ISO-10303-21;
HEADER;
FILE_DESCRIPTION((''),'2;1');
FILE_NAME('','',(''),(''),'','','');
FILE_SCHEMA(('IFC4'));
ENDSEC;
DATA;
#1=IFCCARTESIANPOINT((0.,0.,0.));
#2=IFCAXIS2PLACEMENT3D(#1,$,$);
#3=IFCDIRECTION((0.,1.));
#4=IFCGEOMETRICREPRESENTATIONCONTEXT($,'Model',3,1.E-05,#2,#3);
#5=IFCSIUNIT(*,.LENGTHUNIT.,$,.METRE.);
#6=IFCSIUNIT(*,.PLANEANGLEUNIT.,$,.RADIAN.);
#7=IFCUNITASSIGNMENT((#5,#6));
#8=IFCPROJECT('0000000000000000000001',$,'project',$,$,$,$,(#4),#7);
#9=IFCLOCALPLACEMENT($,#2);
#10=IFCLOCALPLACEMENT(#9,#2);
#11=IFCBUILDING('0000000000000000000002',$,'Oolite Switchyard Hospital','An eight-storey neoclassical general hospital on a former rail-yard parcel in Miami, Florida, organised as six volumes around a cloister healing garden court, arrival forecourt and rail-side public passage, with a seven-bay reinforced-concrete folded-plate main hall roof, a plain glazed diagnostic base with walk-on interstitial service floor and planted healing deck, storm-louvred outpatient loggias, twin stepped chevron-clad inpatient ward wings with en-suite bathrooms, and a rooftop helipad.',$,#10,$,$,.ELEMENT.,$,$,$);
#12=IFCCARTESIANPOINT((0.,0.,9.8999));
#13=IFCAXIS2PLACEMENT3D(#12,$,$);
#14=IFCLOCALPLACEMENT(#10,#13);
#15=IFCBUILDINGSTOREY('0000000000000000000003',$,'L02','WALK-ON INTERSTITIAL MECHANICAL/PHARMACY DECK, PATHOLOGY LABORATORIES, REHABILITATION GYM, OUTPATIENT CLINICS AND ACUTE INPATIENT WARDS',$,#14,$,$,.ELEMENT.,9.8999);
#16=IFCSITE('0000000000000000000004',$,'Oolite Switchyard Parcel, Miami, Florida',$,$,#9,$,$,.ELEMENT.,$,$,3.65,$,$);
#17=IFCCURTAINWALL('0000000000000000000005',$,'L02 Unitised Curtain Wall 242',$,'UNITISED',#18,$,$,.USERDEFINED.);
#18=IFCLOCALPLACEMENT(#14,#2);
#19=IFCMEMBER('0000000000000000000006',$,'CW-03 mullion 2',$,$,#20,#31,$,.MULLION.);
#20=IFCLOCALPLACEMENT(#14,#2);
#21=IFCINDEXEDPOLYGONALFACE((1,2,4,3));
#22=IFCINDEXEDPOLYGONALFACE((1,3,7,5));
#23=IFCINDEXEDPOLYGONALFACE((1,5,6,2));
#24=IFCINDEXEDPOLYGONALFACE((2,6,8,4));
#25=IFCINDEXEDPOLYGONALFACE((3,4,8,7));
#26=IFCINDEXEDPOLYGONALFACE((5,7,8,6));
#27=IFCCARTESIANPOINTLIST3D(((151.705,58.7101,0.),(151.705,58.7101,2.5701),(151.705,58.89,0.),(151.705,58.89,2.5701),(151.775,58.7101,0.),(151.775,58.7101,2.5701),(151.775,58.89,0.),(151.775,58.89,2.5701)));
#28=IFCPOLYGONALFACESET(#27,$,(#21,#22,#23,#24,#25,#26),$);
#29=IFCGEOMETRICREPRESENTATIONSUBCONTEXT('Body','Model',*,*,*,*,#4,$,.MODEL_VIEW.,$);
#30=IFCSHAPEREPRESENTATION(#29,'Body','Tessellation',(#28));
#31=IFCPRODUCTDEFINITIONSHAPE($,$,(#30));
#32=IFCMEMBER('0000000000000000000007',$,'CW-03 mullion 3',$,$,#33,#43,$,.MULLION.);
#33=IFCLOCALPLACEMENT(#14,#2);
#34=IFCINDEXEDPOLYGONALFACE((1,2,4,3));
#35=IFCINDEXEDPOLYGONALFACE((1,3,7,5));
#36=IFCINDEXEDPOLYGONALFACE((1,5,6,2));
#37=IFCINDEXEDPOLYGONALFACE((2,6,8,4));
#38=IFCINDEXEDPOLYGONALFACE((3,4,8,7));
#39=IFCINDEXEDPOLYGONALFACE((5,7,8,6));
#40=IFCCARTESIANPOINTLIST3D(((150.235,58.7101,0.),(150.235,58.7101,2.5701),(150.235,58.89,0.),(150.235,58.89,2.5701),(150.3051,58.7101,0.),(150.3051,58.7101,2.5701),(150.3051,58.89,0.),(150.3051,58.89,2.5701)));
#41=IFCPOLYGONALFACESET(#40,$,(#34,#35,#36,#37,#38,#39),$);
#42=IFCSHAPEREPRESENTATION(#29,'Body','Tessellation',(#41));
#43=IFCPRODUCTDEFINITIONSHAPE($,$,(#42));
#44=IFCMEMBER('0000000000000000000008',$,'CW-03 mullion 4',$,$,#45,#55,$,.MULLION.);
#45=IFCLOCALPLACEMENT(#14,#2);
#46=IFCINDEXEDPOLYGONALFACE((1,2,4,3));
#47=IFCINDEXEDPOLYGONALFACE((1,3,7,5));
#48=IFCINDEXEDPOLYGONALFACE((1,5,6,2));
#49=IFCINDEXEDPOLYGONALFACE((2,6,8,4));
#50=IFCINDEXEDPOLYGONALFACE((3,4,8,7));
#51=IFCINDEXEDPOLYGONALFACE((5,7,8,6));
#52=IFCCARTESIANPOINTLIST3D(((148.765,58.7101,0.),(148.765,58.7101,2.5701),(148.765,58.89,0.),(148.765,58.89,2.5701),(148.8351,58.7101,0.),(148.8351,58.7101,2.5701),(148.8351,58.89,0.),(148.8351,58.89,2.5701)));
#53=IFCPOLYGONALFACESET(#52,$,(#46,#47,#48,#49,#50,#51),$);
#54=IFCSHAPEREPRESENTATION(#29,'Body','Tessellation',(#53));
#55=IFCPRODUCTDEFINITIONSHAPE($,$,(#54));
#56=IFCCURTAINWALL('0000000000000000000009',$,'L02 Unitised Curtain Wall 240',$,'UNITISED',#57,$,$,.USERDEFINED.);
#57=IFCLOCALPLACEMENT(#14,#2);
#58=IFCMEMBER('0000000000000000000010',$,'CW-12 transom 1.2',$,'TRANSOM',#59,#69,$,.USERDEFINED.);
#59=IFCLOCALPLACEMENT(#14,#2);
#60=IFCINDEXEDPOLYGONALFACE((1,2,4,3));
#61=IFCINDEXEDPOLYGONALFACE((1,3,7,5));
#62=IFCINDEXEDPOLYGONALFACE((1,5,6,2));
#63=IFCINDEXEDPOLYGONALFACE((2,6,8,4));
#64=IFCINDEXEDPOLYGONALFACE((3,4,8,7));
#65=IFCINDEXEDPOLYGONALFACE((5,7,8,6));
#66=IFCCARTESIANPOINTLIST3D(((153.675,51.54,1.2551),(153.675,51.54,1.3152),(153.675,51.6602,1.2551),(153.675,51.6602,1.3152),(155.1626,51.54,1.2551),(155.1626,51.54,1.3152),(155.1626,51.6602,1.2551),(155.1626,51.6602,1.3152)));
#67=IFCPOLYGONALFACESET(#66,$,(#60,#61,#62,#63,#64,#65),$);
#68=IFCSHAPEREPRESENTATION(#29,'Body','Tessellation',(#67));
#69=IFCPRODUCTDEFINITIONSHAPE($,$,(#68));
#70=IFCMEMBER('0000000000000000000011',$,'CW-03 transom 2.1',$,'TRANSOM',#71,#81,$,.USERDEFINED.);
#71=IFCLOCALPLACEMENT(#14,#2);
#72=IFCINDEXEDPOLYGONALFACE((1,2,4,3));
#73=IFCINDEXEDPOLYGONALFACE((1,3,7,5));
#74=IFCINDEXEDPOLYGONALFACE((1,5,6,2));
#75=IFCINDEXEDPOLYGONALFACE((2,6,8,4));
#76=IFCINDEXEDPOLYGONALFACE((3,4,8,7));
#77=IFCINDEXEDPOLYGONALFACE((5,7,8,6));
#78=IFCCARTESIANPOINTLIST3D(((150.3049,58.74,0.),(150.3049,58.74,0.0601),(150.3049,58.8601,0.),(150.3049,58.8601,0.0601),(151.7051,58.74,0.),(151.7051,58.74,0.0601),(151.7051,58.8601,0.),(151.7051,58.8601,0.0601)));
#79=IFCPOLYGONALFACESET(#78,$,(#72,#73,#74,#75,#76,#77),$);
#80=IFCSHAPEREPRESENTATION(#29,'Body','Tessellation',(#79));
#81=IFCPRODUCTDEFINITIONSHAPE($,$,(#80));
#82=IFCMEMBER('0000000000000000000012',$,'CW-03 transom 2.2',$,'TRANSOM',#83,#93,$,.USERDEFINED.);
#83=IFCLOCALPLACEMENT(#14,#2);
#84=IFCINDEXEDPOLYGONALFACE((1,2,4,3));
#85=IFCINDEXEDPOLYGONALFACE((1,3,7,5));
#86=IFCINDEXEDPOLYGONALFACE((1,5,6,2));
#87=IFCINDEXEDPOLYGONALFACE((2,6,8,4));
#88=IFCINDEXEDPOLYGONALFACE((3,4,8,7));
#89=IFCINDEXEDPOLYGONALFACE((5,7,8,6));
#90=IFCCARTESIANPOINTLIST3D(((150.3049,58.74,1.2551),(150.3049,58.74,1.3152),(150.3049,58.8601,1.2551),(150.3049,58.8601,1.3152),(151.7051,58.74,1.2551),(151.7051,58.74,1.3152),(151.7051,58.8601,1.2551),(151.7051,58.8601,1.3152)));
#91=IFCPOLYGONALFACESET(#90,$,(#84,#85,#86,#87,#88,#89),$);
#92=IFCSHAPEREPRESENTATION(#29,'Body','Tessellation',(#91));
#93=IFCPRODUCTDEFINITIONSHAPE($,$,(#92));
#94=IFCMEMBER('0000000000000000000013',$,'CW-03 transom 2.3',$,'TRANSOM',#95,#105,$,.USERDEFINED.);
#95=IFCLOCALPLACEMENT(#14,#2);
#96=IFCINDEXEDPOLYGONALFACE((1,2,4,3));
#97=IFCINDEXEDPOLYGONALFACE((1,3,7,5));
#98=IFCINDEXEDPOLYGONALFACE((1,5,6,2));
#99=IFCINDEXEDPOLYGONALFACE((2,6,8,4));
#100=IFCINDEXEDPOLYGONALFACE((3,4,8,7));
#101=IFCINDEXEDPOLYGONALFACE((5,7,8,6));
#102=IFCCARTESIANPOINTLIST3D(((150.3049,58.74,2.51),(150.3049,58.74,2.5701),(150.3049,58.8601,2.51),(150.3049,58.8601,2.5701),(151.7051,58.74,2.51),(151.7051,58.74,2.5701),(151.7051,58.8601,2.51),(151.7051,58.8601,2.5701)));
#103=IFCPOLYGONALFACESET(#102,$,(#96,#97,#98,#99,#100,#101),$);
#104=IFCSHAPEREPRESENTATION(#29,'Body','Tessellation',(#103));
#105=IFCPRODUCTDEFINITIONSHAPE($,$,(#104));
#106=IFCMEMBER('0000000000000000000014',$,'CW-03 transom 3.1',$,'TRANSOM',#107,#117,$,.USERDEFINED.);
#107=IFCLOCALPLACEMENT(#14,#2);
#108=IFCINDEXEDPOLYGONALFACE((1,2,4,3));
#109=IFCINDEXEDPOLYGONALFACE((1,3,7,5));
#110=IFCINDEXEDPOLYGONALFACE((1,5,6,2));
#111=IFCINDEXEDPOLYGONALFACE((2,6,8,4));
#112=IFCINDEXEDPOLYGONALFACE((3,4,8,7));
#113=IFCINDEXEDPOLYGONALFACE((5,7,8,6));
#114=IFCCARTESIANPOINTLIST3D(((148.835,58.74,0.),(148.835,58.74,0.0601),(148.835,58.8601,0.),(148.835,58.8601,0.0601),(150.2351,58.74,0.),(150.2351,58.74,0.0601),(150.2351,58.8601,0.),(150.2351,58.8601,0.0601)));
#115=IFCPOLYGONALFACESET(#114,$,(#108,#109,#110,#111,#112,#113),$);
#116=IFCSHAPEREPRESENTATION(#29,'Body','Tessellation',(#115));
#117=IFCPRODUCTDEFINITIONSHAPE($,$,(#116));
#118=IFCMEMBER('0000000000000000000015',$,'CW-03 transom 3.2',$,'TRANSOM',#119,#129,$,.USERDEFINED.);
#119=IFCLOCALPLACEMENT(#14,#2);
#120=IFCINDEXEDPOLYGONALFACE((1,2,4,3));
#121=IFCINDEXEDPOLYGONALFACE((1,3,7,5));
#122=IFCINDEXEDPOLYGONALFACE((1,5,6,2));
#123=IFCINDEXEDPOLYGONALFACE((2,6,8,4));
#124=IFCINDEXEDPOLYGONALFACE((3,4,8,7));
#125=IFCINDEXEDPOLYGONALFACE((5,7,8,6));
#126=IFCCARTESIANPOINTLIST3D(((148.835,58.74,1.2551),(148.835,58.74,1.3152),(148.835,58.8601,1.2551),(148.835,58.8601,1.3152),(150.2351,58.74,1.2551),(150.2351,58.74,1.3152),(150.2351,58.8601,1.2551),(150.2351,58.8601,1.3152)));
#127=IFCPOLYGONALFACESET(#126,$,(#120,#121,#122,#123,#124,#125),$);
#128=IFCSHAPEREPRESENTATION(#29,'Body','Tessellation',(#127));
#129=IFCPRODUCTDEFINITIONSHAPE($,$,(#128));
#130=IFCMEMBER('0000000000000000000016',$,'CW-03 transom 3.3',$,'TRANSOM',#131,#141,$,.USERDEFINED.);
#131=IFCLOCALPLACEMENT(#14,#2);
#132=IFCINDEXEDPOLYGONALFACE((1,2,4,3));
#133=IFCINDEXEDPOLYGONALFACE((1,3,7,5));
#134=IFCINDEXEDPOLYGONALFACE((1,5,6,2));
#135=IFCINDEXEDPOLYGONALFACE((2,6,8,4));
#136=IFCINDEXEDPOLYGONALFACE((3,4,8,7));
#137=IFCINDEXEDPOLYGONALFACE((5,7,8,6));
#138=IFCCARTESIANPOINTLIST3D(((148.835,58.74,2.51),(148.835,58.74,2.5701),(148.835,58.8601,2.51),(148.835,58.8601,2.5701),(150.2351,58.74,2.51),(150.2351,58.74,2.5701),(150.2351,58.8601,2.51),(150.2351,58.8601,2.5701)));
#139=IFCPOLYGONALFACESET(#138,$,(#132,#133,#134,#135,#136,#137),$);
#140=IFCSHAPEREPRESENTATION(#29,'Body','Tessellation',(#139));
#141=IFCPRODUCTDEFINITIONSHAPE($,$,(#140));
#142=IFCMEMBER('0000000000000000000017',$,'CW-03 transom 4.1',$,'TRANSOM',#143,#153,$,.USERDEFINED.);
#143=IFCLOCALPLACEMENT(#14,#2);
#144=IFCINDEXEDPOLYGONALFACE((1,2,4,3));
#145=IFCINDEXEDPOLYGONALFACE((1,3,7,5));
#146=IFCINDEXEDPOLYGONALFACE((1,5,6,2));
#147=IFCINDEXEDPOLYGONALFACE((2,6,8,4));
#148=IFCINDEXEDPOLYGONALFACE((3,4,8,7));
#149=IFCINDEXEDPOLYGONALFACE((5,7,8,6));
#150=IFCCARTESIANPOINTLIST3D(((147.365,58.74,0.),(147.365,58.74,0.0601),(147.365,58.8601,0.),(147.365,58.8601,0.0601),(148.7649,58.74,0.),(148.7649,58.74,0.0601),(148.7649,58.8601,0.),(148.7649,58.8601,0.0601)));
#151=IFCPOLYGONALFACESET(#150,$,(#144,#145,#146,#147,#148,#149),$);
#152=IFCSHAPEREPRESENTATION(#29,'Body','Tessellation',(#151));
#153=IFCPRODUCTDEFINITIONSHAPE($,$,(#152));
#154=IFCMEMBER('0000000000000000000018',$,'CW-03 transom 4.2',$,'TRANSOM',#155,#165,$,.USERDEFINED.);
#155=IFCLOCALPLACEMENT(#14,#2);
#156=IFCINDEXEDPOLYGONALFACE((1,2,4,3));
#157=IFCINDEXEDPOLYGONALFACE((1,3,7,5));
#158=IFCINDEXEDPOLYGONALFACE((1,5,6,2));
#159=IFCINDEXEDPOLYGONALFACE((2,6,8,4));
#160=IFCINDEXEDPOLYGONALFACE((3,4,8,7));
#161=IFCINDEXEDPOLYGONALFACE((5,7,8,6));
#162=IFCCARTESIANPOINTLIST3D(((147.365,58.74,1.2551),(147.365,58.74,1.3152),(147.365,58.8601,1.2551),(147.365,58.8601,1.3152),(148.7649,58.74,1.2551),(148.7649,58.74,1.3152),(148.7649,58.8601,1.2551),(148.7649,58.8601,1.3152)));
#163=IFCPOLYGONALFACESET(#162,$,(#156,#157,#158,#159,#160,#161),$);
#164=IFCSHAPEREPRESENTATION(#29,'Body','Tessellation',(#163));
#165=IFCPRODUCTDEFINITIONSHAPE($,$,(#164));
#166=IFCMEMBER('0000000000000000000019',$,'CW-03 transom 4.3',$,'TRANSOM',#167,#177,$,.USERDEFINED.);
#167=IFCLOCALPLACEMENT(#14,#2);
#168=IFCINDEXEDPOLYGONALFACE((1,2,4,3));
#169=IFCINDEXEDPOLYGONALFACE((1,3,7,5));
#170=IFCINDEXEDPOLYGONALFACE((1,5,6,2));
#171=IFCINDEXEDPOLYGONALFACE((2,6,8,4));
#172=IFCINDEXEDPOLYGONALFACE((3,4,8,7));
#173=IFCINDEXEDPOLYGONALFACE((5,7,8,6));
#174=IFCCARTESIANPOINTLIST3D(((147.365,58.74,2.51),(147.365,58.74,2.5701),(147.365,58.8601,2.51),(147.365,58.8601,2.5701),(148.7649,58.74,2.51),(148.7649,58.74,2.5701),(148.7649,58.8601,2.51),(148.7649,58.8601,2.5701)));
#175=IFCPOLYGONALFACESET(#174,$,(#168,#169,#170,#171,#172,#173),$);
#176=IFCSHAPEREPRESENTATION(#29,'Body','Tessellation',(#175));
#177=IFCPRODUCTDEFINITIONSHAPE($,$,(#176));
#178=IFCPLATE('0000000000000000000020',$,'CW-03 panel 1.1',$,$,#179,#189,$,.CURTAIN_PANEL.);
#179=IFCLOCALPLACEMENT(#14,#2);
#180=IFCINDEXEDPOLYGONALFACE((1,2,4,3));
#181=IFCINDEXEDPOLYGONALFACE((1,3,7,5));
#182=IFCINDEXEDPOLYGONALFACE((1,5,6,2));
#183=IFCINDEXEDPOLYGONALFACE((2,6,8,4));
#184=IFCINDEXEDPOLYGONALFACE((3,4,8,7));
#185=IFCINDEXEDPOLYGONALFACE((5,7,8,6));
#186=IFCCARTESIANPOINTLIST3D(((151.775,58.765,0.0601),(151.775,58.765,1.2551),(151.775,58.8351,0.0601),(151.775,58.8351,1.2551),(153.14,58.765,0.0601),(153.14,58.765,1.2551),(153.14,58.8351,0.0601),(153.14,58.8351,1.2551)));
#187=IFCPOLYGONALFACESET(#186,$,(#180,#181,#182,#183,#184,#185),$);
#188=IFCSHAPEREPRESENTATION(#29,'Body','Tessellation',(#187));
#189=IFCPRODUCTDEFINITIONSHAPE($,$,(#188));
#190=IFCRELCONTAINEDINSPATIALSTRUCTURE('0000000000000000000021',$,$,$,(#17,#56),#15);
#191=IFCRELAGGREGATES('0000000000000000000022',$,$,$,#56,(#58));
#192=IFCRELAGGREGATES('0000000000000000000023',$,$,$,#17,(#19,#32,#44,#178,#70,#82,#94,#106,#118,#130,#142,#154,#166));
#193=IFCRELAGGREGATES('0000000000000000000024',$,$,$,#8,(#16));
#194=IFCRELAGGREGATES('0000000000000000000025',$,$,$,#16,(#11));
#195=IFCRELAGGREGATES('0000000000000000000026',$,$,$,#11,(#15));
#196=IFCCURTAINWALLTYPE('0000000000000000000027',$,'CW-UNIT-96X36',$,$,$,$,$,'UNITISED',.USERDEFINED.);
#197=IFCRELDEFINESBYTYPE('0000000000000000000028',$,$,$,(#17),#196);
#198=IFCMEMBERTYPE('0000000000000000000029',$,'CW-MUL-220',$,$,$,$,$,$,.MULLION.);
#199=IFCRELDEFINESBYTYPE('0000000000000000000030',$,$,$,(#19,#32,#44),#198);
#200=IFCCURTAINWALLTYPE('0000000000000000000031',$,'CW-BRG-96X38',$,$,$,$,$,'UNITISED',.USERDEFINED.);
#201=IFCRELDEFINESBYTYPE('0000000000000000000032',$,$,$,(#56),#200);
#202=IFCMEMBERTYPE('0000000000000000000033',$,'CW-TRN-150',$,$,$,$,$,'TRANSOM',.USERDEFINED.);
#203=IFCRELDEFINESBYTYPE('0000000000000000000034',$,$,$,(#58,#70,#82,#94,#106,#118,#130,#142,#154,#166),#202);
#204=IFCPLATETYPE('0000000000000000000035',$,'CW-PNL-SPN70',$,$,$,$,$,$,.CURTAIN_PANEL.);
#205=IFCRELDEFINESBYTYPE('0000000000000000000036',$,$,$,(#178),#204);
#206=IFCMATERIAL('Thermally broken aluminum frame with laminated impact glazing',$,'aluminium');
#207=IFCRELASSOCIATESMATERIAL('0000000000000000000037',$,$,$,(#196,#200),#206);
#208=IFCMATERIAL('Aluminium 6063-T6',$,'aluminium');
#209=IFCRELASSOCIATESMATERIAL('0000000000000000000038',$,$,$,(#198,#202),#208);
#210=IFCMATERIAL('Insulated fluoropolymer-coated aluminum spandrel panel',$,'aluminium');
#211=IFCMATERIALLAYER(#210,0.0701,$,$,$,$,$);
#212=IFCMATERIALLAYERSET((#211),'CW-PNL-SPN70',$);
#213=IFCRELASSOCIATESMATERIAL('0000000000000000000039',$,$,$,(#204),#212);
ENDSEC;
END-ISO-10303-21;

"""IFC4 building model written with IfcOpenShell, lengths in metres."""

from ifc_helpers import new_model, si_unit, direction, frame, origin, origin_2d, place, context, subcontext, project, spatial, rectangle, extrude, material, layer, layer_set, material_profile, profile_set, type_object, element, aggregate, save


model = new_model("IFC4")

# Units and contexts
model_context = context("Model", 3, precision=1e-05, world=origin(), true_north=direction((0.0, 1.0)))
body_context = subcontext(model_context, "Body", "Model", "MODEL_VIEW")
ifc_project = project(units=[si_unit("LENGTHUNIT", "METRE"), si_unit("PLANEANGLEUNIT", "RADIAN")], contexts=[model_context])

# Site, building, storey
site_placement = place(None, origin())
site = spatial("IfcSite", under=ifc_project, at=site_placement, Name="Oolite Switchyard Parcel, Miami, Florida", CompositionType="ELEMENT", RefElevation=3.65)
building_placement = place(site_placement, origin())
building = spatial("IfcBuilding", under=site, at=building_placement, Name="Oolite Switchyard Hospital", Description="An eight-storey neoclassical general hospital on a former rail-yard parcel in Miami, Florida, organised as six volumes around a cloister healing garden court, arrival forecourt and rail-side public passage, with a seven-bay reinforced-concrete folded-plate main hall roof, a plain glazed diagnostic base with walk-on interstitial service floor and planted healing deck, storm-louvred outpatient loggias, twin stepped chevron-clad inpatient ward wings with en-suite bathrooms, and a rooftop helipad.", CompositionType="ELEMENT")
storey_placement = place(building_placement, frame((0.0, 0.0, 9.8999)))
storey = spatial("IfcBuildingStorey", under=building, at=storey_placement, Name="L02", Description="WALK-ON INTERSTITIAL MECHANICAL/PHARMACY DECK, PATHOLOGY LABORATORIES, REHABILITATION GYM, OUTPATIENT CLINICS AND ACUTE INPATIENT WARDS", CompositionType="ELEMENT", Elevation=9.8999)

# Curtain wall, members
ifc_material_1 = material(Name="Thermally broken aluminum frame with laminated impact glazing", Category="aluminium")
curtain_wall_type_1 = type_object("IfcCurtainWallType", Name="CW-UNIT-96X36", ElementType="UNITISED", PredefinedType="USERDEFINED", material=ifc_material_1)
curtain_wall_1_placement = place(storey_placement, origin())
curtain_wall_1 = element("IfcCurtainWall", 1, at=curtain_wall_1_placement, inside=storey, type_object=curtain_wall_type_1, Name="L02 Unitised Curtain Wall 242", ObjectType="UNITISED", PredefinedType="USERDEFINED")
ifc_material_2 = material(Name="Aluminium 6063-T6", Category="aluminium")
ifc_material_profile_1 = material_profile(ifc_material_2, rectangle(XDim=0.1799, YDim=0.0701, at=origin_2d()), Name="CWM70X180")
ifc_profile_set_1 = profile_set([ifc_material_profile_1], Name="Aluminium 6063-T6")
member_type_1 = type_object("IfcMemberType", Name="CW-MUL-220", PredefinedType="MULLION", material=ifc_profile_set_1)
member_1_placement = place(storey_placement, frame((151.74, 58.8, 0.0), z_axis=(0.0, 0.0, 1.0), x_axis=(0.0, -1.0, 0.0)))
member_1 = element("IfcMember", 2, at=member_1_placement, type_object=member_type_1, Name="CW-03 mullion 2", PredefinedType="MULLION", context=body_context, shape_type="SweptSolid", body=[
    extrude(rectangle(XDim=0.1799, YDim=0.0701, at=origin_2d()), origin(), (0.0, 0.0, 1.0), 2.5701),
])
member_2_placement = place(storey_placement, frame((150.27, 58.8, 0.0), z_axis=(0.0, 0.0, 1.0), x_axis=(0.0, -1.0, 0.0)))
member_2 = element("IfcMember", 3, at=member_2_placement, type_object=member_type_1, Name="CW-03 mullion 3", PredefinedType="MULLION", context=body_context, shape_type="SweptSolid", body=[
    extrude(rectangle(XDim=0.1799, YDim=0.0701, at=origin_2d()), origin(), (0.0, 0.0, 1.0), 2.5701),
])
member_3_placement = place(storey_placement, frame((148.8, 58.8, 0.0), z_axis=(0.0, 0.0, 1.0), x_axis=(0.0, -1.0, 0.0)))
member_3 = element("IfcMember", 4, at=member_3_placement, type_object=member_type_1, Name="CW-03 mullion 4", PredefinedType="MULLION", context=body_context, shape_type="SweptSolid", body=[
    extrude(rectangle(XDim=0.1799, YDim=0.0701, at=origin_2d()), origin(), (0.0, 0.0, 1.0), 2.5701),
])

# Curtain wall, member
curtain_wall_type_2 = type_object("IfcCurtainWallType", Name="CW-BRG-96X38", ElementType="UNITISED", PredefinedType="USERDEFINED", material=ifc_material_1)
curtain_wall_2_placement = place(storey_placement, origin())
curtain_wall_2 = element("IfcCurtainWall", 5, at=curtain_wall_2_placement, inside=storey, type_object=curtain_wall_type_2, Name="L02 Unitised Curtain Wall 240", ObjectType="UNITISED", PredefinedType="USERDEFINED")
ifc_material_profile_2 = material_profile(ifc_material_2, rectangle(XDim=0.1201, YDim=0.0601, at=origin_2d()), Name="CWT60X120")
ifc_profile_set_2 = profile_set([ifc_material_profile_2], Name="Aluminium 6063-T6")
member_type_2 = type_object("IfcMemberType", Name="CW-TRN-150", ElementType="TRANSOM", PredefinedType="USERDEFINED", material=ifc_profile_set_2)
member_4_placement = place(storey_placement, frame((153.675, 51.6001, 1.2852), z_axis=(1.0, 0.0, 0.0), x_axis=(0.0, 1.0, 0.0)))
member_4 = element("IfcMember", 6, at=member_4_placement, type_object=member_type_2, Name="CW-12 transom 1.2", ObjectType="TRANSOM", PredefinedType="USERDEFINED", context=body_context, shape_type="SweptSolid", body=[
    extrude(rectangle(XDim=0.1201, YDim=0.0601, at=origin_2d()), origin(), (0.0, 0.0, 1.0), 1.4875),
])
aggregate(curtain_wall_2, [member_4])

# Members
member_5_placement = place(storey_placement, frame((151.7051, 58.8, 0.03), z_axis=(-1.0, 0.0, 0.0), x_axis=(0.0, -1.0, 0.0)))
member_5 = element("IfcMember", 7, at=member_5_placement, type_object=member_type_2, Name="CW-03 transom 2.1", ObjectType="TRANSOM", PredefinedType="USERDEFINED", context=body_context, shape_type="SweptSolid", body=[
    extrude(rectangle(XDim=0.1201, YDim=0.0601, at=origin_2d()), origin(), (0.0, 0.0, 1.0), 1.4001),
])
member_6_placement = place(storey_placement, frame((151.7051, 58.8, 1.2852), z_axis=(-1.0, 0.0, 0.0), x_axis=(0.0, -1.0, 0.0)))
member_6 = element("IfcMember", 8, at=member_6_placement, type_object=member_type_2, Name="CW-03 transom 2.2", ObjectType="TRANSOM", PredefinedType="USERDEFINED", context=body_context, shape_type="SweptSolid", body=[
    extrude(rectangle(XDim=0.1201, YDim=0.0601, at=origin_2d()), origin(), (0.0, 0.0, 1.0), 1.4001),
])
member_7_placement = place(storey_placement, frame((151.7051, 58.8, 2.54), z_axis=(-1.0, 0.0, 0.0), x_axis=(0.0, -1.0, 0.0)))
member_7 = element("IfcMember", 9, at=member_7_placement, type_object=member_type_2, Name="CW-03 transom 2.3", ObjectType="TRANSOM", PredefinedType="USERDEFINED", context=body_context, shape_type="SweptSolid", body=[
    extrude(rectangle(XDim=0.1201, YDim=0.0601, at=origin_2d()), origin(), (0.0, 0.0, 1.0), 1.4001),
])
member_8_placement = place(storey_placement, frame((150.2351, 58.8, 0.03), z_axis=(-1.0, 0.0, 0.0), x_axis=(0.0, -1.0, 0.0)))
member_8 = element("IfcMember", 10, at=member_8_placement, type_object=member_type_2, Name="CW-03 transom 3.1", ObjectType="TRANSOM", PredefinedType="USERDEFINED", context=body_context, shape_type="SweptSolid", body=[
    extrude(rectangle(XDim=0.1201, YDim=0.0601, at=origin_2d()), origin(), (0.0, 0.0, 1.0), 1.4001),
])
member_9_placement = place(storey_placement, frame((150.2351, 58.8, 1.2852), z_axis=(-1.0, 0.0, 0.0), x_axis=(0.0, -1.0, 0.0)))
member_9 = element("IfcMember", 11, at=member_9_placement, type_object=member_type_2, Name="CW-03 transom 3.2", ObjectType="TRANSOM", PredefinedType="USERDEFINED", context=body_context, shape_type="SweptSolid", body=[
    extrude(rectangle(XDim=0.1201, YDim=0.0601, at=origin_2d()), origin(), (0.0, 0.0, 1.0), 1.4001),
])
member_10_placement = place(storey_placement, frame((150.2351, 58.8, 2.54), z_axis=(-1.0, 0.0, 0.0), x_axis=(0.0, -1.0, 0.0)))
member_10 = element("IfcMember", 12, at=member_10_placement, type_object=member_type_2, Name="CW-03 transom 3.3", ObjectType="TRANSOM", PredefinedType="USERDEFINED", context=body_context, shape_type="SweptSolid", body=[
    extrude(rectangle(XDim=0.1201, YDim=0.0601, at=origin_2d()), origin(), (0.0, 0.0, 1.0), 1.4001),
])
member_11_placement = place(storey_placement, frame((148.7649, 58.8, 0.03), z_axis=(-1.0, 0.0, 0.0), x_axis=(0.0, -1.0, 0.0)))
member_11 = element("IfcMember", 13, at=member_11_placement, type_object=member_type_2, Name="CW-03 transom 4.1", ObjectType="TRANSOM", PredefinedType="USERDEFINED", context=body_context, shape_type="SweptSolid", body=[
    extrude(rectangle(XDim=0.1201, YDim=0.0601, at=origin_2d()), origin(), (0.0, 0.0, 1.0), 1.3999),
])
member_12_placement = place(storey_placement, frame((148.7649, 58.8, 1.2852), z_axis=(-1.0, 0.0, 0.0), x_axis=(0.0, -1.0, 0.0)))
member_12 = element("IfcMember", 14, at=member_12_placement, type_object=member_type_2, Name="CW-03 transom 4.2", ObjectType="TRANSOM", PredefinedType="USERDEFINED", context=body_context, shape_type="SweptSolid", body=[
    extrude(rectangle(XDim=0.1201, YDim=0.0601, at=origin_2d()), origin(), (0.0, 0.0, 1.0), 1.3999),
])
member_13_placement = place(storey_placement, frame((148.7649, 58.8, 2.54), z_axis=(-1.0, 0.0, 0.0), x_axis=(0.0, -1.0, 0.0)))
member_13 = element("IfcMember", 15, at=member_13_placement, type_object=member_type_2, Name="CW-03 transom 4.3", ObjectType="TRANSOM", PredefinedType="USERDEFINED", context=body_context, shape_type="SweptSolid", body=[
    extrude(rectangle(XDim=0.1201, YDim=0.0601, at=origin_2d()), origin(), (0.0, 0.0, 1.0), 1.3999),
])

# Plate
ifc_material_3 = material(Name="Insulated fluoropolymer-coated aluminum spandrel panel", Category="aluminium")
ifc_layer = layer(ifc_material_3, 0.0701)
ifc_layer_set = layer_set([ifc_layer], Name="CW-PNL-SPN70")
plate_type = type_object("IfcPlateType", Name="CW-PNL-SPN70", PredefinedType="CURTAIN_PANEL", material=ifc_layer_set)
plate_1_placement = place(storey_placement, frame((152.4575, 58.8, 0.0601), z_axis=(0.0, 0.0, 1.0), x_axis=(-1.0, 0.0, 0.0)))
plate_1 = element("IfcPlate", 16, at=plate_1_placement, type_object=plate_type, Name="CW-03 panel 1.1", PredefinedType="CURTAIN_PANEL", context=body_context, shape_type="SweptSolid", body=[
    extrude(rectangle(XDim=1.365, YDim=0.0701, at=origin_2d()), origin(), (0.0, 0.0, 1.0), 1.1951),
])
aggregate(curtain_wall_1, [member_1, member_2, member_3, plate_1, member_5, member_6, member_7, member_8, member_9, member_10, member_11, member_12, member_13])

save(model, "model.ifc")
